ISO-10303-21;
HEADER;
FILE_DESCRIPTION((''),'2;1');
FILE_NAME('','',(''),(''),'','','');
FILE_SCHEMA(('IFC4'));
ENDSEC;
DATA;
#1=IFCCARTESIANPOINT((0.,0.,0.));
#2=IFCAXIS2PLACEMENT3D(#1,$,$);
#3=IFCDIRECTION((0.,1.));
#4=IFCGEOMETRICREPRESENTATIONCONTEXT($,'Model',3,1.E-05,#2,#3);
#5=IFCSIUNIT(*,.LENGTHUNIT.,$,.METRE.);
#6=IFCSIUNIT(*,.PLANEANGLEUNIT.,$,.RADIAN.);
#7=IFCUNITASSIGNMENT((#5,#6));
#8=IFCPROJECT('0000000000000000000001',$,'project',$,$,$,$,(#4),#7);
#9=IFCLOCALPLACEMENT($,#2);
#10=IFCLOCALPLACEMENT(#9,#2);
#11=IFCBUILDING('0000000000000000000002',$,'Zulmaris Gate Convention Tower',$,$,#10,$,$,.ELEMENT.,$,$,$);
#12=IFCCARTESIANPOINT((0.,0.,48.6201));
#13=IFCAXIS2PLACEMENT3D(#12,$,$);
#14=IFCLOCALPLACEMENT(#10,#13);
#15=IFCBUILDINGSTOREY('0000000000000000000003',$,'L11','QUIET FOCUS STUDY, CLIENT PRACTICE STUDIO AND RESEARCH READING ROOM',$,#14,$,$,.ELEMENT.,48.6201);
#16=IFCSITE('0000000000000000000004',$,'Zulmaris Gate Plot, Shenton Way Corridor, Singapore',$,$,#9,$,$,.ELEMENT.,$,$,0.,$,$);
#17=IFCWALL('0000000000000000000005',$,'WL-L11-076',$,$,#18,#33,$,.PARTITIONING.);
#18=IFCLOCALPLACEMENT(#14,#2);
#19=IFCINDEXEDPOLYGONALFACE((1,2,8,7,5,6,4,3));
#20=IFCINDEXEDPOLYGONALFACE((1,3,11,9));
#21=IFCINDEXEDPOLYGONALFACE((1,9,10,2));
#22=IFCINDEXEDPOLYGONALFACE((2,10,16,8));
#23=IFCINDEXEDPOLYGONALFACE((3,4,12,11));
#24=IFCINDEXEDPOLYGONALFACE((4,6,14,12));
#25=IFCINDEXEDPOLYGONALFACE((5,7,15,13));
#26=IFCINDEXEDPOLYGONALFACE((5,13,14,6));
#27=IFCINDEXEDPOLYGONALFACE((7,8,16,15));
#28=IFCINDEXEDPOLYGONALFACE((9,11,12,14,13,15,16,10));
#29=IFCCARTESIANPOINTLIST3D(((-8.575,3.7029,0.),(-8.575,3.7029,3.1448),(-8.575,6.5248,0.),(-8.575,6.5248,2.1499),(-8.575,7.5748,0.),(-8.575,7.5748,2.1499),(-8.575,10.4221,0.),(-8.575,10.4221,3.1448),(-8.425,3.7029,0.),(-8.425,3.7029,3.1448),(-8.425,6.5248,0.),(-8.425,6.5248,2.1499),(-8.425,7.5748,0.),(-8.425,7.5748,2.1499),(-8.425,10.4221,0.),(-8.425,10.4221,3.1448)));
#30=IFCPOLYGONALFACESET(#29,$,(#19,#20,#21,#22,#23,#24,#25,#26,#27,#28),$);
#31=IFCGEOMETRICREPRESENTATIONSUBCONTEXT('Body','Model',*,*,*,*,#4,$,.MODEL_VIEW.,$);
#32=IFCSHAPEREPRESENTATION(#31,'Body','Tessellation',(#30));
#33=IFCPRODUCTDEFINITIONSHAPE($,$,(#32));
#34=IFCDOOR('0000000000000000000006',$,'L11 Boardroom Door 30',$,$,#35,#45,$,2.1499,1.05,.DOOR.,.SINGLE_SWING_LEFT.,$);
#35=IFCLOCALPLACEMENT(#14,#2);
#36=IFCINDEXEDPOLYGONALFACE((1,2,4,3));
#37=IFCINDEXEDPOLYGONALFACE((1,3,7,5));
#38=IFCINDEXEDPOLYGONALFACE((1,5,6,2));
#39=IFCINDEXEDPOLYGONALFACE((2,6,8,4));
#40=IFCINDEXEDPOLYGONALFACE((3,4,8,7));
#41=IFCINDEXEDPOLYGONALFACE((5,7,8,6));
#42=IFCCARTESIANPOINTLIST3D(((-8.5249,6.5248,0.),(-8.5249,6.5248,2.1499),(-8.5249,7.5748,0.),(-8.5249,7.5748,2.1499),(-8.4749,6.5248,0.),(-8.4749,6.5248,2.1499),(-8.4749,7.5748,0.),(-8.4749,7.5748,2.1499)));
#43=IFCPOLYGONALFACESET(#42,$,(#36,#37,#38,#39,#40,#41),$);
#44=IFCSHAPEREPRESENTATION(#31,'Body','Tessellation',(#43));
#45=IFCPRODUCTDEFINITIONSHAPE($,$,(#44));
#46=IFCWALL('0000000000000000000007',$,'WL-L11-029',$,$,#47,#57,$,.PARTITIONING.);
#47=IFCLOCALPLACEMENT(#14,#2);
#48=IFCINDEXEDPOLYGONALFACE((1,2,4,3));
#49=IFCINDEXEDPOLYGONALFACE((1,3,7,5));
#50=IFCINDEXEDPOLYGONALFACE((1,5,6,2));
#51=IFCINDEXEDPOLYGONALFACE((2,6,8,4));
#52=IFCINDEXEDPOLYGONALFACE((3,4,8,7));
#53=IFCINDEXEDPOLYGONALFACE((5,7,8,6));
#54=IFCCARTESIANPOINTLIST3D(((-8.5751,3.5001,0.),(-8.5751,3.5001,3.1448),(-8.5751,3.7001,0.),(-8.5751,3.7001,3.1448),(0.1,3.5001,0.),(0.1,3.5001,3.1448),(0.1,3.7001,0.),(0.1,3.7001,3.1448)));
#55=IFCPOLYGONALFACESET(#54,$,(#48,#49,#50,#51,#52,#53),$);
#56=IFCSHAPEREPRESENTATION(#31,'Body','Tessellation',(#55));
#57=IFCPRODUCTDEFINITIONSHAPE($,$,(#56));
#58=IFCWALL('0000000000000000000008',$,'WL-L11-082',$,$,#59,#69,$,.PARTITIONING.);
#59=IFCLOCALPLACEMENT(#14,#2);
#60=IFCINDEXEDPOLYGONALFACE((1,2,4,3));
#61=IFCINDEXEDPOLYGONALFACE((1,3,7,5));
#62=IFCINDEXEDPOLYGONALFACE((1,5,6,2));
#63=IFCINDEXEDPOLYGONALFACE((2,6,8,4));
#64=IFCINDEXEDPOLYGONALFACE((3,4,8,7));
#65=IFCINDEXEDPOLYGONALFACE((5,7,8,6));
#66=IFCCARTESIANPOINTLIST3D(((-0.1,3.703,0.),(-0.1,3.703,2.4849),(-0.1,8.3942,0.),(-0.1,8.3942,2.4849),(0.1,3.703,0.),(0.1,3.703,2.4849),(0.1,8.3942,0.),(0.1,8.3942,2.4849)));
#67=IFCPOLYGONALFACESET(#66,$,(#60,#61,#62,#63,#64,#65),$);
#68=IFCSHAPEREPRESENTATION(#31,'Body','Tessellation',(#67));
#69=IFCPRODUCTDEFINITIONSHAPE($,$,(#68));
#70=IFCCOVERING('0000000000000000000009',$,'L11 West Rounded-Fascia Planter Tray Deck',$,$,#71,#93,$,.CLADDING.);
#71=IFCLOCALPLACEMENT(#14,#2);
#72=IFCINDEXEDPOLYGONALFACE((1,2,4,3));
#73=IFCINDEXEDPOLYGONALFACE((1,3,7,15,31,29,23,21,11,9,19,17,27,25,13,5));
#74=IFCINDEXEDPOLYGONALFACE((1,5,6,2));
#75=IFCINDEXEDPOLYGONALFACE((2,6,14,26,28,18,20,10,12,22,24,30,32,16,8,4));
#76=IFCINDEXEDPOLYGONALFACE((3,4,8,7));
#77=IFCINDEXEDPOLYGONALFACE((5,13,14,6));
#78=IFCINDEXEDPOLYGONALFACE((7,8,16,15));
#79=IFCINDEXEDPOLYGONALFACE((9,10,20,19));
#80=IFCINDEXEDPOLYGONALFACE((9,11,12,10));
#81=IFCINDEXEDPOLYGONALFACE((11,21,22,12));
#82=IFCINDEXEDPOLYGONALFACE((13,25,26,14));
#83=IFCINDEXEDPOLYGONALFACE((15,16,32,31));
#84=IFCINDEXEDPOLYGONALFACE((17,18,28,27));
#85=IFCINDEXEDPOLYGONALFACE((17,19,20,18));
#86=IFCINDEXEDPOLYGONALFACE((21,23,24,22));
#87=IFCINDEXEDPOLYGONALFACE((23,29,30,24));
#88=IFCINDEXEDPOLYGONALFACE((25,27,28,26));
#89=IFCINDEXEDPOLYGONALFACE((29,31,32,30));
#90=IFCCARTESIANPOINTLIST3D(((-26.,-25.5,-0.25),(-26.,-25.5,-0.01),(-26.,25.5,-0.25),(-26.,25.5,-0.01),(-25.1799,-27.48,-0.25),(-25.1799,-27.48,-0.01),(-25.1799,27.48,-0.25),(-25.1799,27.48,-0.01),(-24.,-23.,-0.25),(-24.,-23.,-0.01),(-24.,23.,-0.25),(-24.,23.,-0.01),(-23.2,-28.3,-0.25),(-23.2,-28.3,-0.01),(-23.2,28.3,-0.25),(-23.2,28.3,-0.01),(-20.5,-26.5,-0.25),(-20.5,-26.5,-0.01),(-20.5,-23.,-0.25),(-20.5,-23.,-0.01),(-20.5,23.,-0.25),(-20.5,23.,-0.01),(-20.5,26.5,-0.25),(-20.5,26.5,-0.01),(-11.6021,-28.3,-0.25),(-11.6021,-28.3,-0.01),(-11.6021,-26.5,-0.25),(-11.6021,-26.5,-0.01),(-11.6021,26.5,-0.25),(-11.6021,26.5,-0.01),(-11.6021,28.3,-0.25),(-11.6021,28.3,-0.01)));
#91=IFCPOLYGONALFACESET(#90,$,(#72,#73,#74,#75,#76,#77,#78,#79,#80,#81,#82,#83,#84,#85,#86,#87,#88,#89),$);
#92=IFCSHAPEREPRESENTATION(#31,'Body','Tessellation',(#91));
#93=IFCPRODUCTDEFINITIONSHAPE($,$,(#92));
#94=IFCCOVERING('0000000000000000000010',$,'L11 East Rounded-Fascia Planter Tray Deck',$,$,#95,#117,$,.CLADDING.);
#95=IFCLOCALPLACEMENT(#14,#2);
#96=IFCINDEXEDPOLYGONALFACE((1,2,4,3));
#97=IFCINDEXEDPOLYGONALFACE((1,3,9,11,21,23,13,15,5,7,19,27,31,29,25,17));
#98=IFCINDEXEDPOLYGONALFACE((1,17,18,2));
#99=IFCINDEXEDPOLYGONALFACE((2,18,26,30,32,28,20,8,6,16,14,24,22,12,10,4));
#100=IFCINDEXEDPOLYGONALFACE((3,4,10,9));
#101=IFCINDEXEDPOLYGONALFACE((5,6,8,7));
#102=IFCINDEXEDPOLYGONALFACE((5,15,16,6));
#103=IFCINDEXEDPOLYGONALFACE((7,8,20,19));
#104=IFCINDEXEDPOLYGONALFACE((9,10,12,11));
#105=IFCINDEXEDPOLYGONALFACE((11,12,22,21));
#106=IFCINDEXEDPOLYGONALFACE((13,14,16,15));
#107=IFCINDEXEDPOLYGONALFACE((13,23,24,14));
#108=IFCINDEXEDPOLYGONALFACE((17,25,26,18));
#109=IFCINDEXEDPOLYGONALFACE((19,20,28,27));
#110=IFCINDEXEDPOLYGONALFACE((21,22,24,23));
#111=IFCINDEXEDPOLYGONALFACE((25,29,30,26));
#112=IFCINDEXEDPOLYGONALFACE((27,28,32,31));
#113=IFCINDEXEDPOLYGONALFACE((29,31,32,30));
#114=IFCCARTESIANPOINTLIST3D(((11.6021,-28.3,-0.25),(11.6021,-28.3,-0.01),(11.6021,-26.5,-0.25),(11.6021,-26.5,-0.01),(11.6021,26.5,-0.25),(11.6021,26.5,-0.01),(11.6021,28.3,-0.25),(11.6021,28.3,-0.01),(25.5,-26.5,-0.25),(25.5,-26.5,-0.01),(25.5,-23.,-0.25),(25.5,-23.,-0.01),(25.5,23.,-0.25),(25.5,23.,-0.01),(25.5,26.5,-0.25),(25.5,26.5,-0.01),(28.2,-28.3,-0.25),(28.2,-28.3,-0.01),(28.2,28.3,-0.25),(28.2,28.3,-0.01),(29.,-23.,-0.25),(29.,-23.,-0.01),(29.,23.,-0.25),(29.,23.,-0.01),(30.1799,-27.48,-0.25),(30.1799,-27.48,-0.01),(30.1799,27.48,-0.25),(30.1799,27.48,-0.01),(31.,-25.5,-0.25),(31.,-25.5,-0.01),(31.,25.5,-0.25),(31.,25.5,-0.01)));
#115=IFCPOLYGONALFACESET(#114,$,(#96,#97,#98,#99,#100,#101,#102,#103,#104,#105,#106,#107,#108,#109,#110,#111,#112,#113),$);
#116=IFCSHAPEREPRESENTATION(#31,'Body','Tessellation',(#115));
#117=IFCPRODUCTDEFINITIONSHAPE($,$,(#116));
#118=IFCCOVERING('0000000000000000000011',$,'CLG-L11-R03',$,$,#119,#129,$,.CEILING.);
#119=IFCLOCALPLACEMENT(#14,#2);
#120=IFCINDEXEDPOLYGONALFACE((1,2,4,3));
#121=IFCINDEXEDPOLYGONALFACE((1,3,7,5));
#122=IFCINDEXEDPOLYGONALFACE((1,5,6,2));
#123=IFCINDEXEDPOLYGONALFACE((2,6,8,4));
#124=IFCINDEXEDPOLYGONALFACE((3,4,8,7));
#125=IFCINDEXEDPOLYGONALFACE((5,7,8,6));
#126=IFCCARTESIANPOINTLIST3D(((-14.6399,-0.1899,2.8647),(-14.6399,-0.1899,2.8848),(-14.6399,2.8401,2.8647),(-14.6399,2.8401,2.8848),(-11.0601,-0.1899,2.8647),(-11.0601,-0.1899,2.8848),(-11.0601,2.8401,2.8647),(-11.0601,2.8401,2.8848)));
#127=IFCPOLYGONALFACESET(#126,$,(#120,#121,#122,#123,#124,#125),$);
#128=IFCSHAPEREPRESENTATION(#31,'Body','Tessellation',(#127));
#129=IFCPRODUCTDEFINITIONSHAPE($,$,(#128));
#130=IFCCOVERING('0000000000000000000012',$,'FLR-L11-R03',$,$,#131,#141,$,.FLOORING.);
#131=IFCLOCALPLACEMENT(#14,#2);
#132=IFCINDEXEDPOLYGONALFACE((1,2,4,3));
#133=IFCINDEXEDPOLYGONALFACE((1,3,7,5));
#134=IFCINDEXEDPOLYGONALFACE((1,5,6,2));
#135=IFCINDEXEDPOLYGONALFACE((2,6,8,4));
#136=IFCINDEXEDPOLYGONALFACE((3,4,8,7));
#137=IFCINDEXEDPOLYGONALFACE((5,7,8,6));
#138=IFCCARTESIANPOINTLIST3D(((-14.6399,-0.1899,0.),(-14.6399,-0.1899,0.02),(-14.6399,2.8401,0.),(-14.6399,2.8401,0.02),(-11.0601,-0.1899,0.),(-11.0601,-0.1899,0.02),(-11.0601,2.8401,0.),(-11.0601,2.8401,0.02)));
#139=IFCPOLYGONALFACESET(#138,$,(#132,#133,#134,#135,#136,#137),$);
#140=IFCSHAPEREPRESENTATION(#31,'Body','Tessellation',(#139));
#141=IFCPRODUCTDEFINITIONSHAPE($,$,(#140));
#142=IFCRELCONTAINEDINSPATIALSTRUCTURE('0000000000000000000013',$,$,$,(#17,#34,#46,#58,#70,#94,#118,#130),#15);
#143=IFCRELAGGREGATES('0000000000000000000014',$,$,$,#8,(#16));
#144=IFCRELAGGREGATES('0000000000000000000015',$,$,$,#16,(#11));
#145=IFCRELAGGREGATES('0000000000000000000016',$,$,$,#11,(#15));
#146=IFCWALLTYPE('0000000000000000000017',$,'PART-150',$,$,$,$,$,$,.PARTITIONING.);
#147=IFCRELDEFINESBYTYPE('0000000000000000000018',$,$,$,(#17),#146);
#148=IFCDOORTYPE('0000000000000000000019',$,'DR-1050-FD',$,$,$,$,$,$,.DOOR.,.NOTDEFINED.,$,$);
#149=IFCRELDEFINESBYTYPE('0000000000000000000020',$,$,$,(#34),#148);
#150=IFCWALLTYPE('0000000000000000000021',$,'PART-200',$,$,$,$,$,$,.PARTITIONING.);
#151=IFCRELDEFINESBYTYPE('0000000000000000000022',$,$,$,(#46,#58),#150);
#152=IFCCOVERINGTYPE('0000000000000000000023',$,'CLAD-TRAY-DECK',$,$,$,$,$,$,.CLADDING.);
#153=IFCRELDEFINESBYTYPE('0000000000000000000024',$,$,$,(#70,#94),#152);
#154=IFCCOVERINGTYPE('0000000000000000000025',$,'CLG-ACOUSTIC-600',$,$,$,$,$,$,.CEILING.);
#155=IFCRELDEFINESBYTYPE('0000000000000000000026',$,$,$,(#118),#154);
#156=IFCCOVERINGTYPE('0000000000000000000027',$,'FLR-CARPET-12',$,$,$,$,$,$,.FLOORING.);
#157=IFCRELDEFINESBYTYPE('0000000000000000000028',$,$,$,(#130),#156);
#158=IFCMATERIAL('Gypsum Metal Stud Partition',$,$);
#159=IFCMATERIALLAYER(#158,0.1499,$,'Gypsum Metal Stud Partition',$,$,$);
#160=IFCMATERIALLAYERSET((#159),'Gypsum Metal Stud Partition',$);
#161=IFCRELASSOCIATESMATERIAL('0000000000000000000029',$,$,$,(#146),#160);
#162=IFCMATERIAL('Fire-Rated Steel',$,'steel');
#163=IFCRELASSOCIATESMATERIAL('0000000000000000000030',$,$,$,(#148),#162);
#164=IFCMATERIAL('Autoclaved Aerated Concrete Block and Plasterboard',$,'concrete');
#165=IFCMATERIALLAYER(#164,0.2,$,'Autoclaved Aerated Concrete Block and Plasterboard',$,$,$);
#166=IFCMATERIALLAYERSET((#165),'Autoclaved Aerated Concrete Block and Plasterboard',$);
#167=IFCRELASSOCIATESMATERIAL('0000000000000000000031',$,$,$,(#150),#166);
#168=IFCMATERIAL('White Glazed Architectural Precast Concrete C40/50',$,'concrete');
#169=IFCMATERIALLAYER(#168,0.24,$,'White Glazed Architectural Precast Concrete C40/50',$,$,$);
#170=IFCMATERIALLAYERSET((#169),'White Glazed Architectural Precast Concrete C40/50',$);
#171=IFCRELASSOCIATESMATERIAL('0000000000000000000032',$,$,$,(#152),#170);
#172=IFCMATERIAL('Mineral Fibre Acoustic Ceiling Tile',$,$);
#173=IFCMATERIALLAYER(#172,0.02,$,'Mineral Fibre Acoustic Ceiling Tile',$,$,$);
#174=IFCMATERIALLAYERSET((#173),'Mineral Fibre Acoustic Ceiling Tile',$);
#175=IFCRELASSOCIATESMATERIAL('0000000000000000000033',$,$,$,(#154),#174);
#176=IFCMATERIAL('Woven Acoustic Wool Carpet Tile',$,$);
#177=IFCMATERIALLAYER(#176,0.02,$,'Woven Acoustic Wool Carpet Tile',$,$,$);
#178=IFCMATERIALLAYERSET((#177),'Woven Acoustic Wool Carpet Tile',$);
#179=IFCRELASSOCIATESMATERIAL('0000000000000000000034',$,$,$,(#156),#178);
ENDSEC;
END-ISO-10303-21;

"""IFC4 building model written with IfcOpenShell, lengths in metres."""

from ifc_helpers import new_model, si_unit, direction, frame, frame_2d, origin, place, context, subcontext, project, spatial, polyline, rectangle, outline, extrude, material, layer, layer_set, type_object, element, fill, save


model = new_model("IFC4")

# Units and contexts
model_context = context("Model", 3, precision=1e-05, world=origin(), true_north=direction((0.0, 1.0)))
body_context = subcontext(model_context, "Body", "Model", "MODEL_VIEW")
ifc_project = project(units=[si_unit("LENGTHUNIT", "METRE"), si_unit("PLANEANGLEUNIT", "RADIAN")], contexts=[model_context])

# Site, building, storey
site_placement = place(None, origin())
site = spatial("IfcSite", under=ifc_project, at=site_placement, Name="Zulmaris Gate Plot, Shenton Way Corridor, Singapore", CompositionType="ELEMENT", RefElevation=0.0)
building_placement = place(site_placement, origin())
building = spatial("IfcBuilding", under=site, at=building_placement, Name="Zulmaris Gate Convention Tower", CompositionType="ELEMENT")
storey_placement = place(building_placement, frame((0.0, 0.0, 48.6201)))
storey = spatial("IfcBuildingStorey", under=building, at=storey_placement, Name="L11", Description="QUIET FOCUS STUDY, CLIENT PRACTICE STUDIO AND RESEARCH READING ROOM", CompositionType="ELEMENT", Elevation=48.6201)

# Shared definitions
ifc_material_1 = material(Name="Fire-Rated Steel", Category="steel")

# Wall, opening, door
ifc_material_2 = material(Name="Gypsum Metal Stud Partition")
ifc_layer_1 = layer(ifc_material_2, 0.1499, Name="Gypsum Metal Stud Partition")
ifc_layer_set_1 = layer_set([ifc_layer_1], Name="Gypsum Metal Stud Partition")
wall_type_1 = type_object("IfcWallType", Name="PART-150", PredefinedType="PARTITIONING", material=ifc_layer_set_1)
wall_1_placement = place(storey_placement, frame((-8.5, 3.7029, 0.0), z_axis=(0.0, 0.0, 1.0), x_axis=(0.0, 1.0, 0.0)))
wall_1 = element("IfcWall", 1, at=wall_1_placement, inside=storey, type_object=wall_type_1, Name="WL-L11-076", PredefinedType="PARTITIONING", context=body_context, shape_type="SweptSolid", body=[
    extrude(rectangle(XDim=6.7192, YDim=0.1499, at=frame_2d((3.3596, 0.0))), origin(), (0.0, 0.0, 1.0), 3.1448),
])
opening_1_placement = place(wall_1_placement, frame((2.822, 0.0, 0.0)))
opening_1 = element("IfcOpeningElement", 2, at=opening_1_placement, cuts=wall_1, PredefinedType="OPENING", context=body_context, shape_type="SweptSolid", body=[
    extrude(rectangle(XDim=1.05, YDim=2.1499, at=frame_2d((0.5249, 1.075))), frame((0.0, 0.085, 0.0), z_axis=(0.0, -1.0, 0.0), x_axis=(1.0, 0.0, 0.0)), (0.0, 0.0, 1.0), 0.1699),
])
door_type_1 = type_object("IfcDoorType", Name="DR-1050-FD", OperationType="NOTDEFINED", PredefinedType="DOOR", material=ifc_material_1)
door_1_placement = place(opening_1_placement, origin())
door_1 = element("IfcDoor", 3, at=door_1_placement, inside=storey, type_object=door_type_1, Name="L11 Boardroom Door 30", OperationType="SINGLE_SWING_LEFT", OverallHeight=2.1499, OverallWidth=1.05, PredefinedType="DOOR", context=body_context, shape_type="SweptSolid", body=[
    extrude(rectangle(XDim=1.05, YDim=2.1499, at=frame_2d((0.5249, 1.075))), frame((0.0, 0.0249, 0.0), z_axis=(0.0, -1.0, 0.0), x_axis=(1.0, 0.0, 0.0)), (0.0, 0.0, 1.0), 0.05),
])
fill(opening_1, door_1)

# Walls
ifc_material_3 = material(Name="Autoclaved Aerated Concrete Block and Plasterboard", Category="concrete")
ifc_layer_2 = layer(ifc_material_3, 0.2, Name="Autoclaved Aerated Concrete Block and Plasterboard")
ifc_layer_set_2 = layer_set([ifc_layer_2], Name="Autoclaved Aerated Concrete Block and Plasterboard")
wall_type_2 = type_object("IfcWallType", Name="PART-200", PredefinedType="PARTITIONING", material=ifc_layer_set_2)
wall_2_placement = place(storey_placement, frame((-8.575, 3.6001, 0.0), z_axis=(0.0, 0.0, 1.0), x_axis=(1.0, 0.0, 0.0)))
element("IfcWall", 4, at=wall_2_placement, inside=storey, type_object=wall_type_2, Name="WL-L11-029", PredefinedType="PARTITIONING", context=body_context, shape_type="SweptSolid", body=[
    extrude(rectangle(XDim=8.675, YDim=0.2, at=frame_2d((4.3374, 0.0))), origin(), (0.0, 0.0, 1.0), 3.1448),
])
wall_3_placement = place(storey_placement, frame((0.0, 3.7029, 0.0), z_axis=(0.0, 0.0, 1.0), x_axis=(0.0, 1.0, 0.0)))
element("IfcWall", 5, at=wall_3_placement, inside=storey, type_object=wall_type_2, Name="WL-L11-082", PredefinedType="PARTITIONING", context=body_context, shape_type="SweptSolid", body=[
    extrude(rectangle(XDim=4.6912, YDim=0.2, at=frame_2d((2.3457, 0.0))), origin(), (0.0, 0.0, 1.0), 2.4849),
])

# Coverings
ifc_material_4 = material(Name="White Glazed Architectural Precast Concrete C40/50", Category="concrete")
ifc_layer_3 = layer(ifc_material_4, 0.24, Name="White Glazed Architectural Precast Concrete C40/50")
ifc_layer_set_3 = layer_set([ifc_layer_3], Name="White Glazed Architectural Precast Concrete C40/50")
covering_type_1 = type_object("IfcCoveringType", Name="CLAD-TRAY-DECK", PredefinedType="CLADDING", material=ifc_layer_set_3)
covering_1_placement = place(storey_placement, frame((0.0, 0.0, -0.25)))
element("IfcCovering", 6, at=covering_1_placement, inside=storey, type_object=covering_type_1, Name="L11 West Rounded-Fascia Planter Tray Deck", PredefinedType="CLADDING", context=body_context, shape_type="SweptSolid", body=[
    extrude(outline(polyline([(-26.0, 25.5), (-25.1799, 27.48), (-23.2, 28.3), (-11.6021, 28.3), (-11.6021, 26.5), (-20.5, 26.5), (-20.5, 23.0), (-24.0, 23.0), (-24.0, -23.0), (-20.5, -23.0), (-20.5, -26.5), (-11.6021, -26.5), (-11.6021, -28.3), (-23.2, -28.3), (-25.1799, -27.48), (-26.0, -25.5), (-26.0, 25.5)])), origin(), (0.0, 0.0, 1.0), 0.24),
])
covering_2_placement = place(storey_placement, frame((0.0, 0.0, -0.25)))
element("IfcCovering", 7, at=covering_2_placement, inside=storey, type_object=covering_type_1, Name="L11 East Rounded-Fascia Planter Tray Deck", PredefinedType="CLADDING", context=body_context, shape_type="SweptSolid", body=[
    extrude(outline(polyline([(28.2, 28.3), (30.1799, 27.48), (31.0, 25.5), (31.0, -25.5), (30.1799, -27.48), (28.2, -28.3), (11.6021, -28.3), (11.6021, -26.5), (25.5, -26.5), (25.5, -23.0), (29.0, -23.0), (29.0, 23.0), (25.5, 23.0), (25.5, 26.5), (11.6021, 26.5), (11.6021, 28.3), (28.2, 28.3)])), origin(), (0.0, 0.0, 1.0), 0.24),
])
ifc_material_5 = material(Name="Mineral Fibre Acoustic Ceiling Tile")
ifc_layer_4 = layer(ifc_material_5, 0.02, Name="Mineral Fibre Acoustic Ceiling Tile")
ifc_layer_set_4 = layer_set([ifc_layer_4], Name="Mineral Fibre Acoustic Ceiling Tile")
covering_type_2 = type_object("IfcCoveringType", Name="CLG-ACOUSTIC-600", PredefinedType="CEILING", material=ifc_layer_set_4)
covering_3_placement = place(storey_placement, frame((0.0, 0.0, 2.8647)))
element("IfcCovering", 8, at=covering_3_placement, inside=storey, type_object=covering_type_2, Name="CLG-L11-R03", PredefinedType="CEILING", context=body_context, shape_type="SweptSolid", body=[
    extrude(outline(polyline([(-14.6399, -0.1899), (-11.0601, -0.1899), (-11.0601, 2.8401), (-14.6399, 2.8401), (-14.6399, -0.1899)])), origin(), (0.0, 0.0, 1.0), 0.02),
])
ifc_material_6 = material(Name="Woven Acoustic Wool Carpet Tile")
ifc_layer_5 = layer(ifc_material_6, 0.02, Name="Woven Acoustic Wool Carpet Tile")
ifc_layer_set_5 = layer_set([ifc_layer_5], Name="Woven Acoustic Wool Carpet Tile")
covering_type_3 = type_object("IfcCoveringType", Name="FLR-CARPET-12", PredefinedType="FLOORING", material=ifc_layer_set_5)
covering_4_placement = place(storey_placement, origin())
element("IfcCovering", 9, at=covering_4_placement, inside=storey, type_object=covering_type_3, Name="FLR-L11-R03", PredefinedType="FLOORING", context=body_context, shape_type="SweptSolid", body=[
    extrude(outline(polyline([(-14.6399, -0.1899), (-11.0601, -0.1899), (-11.0601, 2.8401), (-14.6399, 2.8401), (-14.6399, -0.1899)])), origin(), (0.0, 0.0, 1.0), 0.02),
])

save(model, "model.ifc")
